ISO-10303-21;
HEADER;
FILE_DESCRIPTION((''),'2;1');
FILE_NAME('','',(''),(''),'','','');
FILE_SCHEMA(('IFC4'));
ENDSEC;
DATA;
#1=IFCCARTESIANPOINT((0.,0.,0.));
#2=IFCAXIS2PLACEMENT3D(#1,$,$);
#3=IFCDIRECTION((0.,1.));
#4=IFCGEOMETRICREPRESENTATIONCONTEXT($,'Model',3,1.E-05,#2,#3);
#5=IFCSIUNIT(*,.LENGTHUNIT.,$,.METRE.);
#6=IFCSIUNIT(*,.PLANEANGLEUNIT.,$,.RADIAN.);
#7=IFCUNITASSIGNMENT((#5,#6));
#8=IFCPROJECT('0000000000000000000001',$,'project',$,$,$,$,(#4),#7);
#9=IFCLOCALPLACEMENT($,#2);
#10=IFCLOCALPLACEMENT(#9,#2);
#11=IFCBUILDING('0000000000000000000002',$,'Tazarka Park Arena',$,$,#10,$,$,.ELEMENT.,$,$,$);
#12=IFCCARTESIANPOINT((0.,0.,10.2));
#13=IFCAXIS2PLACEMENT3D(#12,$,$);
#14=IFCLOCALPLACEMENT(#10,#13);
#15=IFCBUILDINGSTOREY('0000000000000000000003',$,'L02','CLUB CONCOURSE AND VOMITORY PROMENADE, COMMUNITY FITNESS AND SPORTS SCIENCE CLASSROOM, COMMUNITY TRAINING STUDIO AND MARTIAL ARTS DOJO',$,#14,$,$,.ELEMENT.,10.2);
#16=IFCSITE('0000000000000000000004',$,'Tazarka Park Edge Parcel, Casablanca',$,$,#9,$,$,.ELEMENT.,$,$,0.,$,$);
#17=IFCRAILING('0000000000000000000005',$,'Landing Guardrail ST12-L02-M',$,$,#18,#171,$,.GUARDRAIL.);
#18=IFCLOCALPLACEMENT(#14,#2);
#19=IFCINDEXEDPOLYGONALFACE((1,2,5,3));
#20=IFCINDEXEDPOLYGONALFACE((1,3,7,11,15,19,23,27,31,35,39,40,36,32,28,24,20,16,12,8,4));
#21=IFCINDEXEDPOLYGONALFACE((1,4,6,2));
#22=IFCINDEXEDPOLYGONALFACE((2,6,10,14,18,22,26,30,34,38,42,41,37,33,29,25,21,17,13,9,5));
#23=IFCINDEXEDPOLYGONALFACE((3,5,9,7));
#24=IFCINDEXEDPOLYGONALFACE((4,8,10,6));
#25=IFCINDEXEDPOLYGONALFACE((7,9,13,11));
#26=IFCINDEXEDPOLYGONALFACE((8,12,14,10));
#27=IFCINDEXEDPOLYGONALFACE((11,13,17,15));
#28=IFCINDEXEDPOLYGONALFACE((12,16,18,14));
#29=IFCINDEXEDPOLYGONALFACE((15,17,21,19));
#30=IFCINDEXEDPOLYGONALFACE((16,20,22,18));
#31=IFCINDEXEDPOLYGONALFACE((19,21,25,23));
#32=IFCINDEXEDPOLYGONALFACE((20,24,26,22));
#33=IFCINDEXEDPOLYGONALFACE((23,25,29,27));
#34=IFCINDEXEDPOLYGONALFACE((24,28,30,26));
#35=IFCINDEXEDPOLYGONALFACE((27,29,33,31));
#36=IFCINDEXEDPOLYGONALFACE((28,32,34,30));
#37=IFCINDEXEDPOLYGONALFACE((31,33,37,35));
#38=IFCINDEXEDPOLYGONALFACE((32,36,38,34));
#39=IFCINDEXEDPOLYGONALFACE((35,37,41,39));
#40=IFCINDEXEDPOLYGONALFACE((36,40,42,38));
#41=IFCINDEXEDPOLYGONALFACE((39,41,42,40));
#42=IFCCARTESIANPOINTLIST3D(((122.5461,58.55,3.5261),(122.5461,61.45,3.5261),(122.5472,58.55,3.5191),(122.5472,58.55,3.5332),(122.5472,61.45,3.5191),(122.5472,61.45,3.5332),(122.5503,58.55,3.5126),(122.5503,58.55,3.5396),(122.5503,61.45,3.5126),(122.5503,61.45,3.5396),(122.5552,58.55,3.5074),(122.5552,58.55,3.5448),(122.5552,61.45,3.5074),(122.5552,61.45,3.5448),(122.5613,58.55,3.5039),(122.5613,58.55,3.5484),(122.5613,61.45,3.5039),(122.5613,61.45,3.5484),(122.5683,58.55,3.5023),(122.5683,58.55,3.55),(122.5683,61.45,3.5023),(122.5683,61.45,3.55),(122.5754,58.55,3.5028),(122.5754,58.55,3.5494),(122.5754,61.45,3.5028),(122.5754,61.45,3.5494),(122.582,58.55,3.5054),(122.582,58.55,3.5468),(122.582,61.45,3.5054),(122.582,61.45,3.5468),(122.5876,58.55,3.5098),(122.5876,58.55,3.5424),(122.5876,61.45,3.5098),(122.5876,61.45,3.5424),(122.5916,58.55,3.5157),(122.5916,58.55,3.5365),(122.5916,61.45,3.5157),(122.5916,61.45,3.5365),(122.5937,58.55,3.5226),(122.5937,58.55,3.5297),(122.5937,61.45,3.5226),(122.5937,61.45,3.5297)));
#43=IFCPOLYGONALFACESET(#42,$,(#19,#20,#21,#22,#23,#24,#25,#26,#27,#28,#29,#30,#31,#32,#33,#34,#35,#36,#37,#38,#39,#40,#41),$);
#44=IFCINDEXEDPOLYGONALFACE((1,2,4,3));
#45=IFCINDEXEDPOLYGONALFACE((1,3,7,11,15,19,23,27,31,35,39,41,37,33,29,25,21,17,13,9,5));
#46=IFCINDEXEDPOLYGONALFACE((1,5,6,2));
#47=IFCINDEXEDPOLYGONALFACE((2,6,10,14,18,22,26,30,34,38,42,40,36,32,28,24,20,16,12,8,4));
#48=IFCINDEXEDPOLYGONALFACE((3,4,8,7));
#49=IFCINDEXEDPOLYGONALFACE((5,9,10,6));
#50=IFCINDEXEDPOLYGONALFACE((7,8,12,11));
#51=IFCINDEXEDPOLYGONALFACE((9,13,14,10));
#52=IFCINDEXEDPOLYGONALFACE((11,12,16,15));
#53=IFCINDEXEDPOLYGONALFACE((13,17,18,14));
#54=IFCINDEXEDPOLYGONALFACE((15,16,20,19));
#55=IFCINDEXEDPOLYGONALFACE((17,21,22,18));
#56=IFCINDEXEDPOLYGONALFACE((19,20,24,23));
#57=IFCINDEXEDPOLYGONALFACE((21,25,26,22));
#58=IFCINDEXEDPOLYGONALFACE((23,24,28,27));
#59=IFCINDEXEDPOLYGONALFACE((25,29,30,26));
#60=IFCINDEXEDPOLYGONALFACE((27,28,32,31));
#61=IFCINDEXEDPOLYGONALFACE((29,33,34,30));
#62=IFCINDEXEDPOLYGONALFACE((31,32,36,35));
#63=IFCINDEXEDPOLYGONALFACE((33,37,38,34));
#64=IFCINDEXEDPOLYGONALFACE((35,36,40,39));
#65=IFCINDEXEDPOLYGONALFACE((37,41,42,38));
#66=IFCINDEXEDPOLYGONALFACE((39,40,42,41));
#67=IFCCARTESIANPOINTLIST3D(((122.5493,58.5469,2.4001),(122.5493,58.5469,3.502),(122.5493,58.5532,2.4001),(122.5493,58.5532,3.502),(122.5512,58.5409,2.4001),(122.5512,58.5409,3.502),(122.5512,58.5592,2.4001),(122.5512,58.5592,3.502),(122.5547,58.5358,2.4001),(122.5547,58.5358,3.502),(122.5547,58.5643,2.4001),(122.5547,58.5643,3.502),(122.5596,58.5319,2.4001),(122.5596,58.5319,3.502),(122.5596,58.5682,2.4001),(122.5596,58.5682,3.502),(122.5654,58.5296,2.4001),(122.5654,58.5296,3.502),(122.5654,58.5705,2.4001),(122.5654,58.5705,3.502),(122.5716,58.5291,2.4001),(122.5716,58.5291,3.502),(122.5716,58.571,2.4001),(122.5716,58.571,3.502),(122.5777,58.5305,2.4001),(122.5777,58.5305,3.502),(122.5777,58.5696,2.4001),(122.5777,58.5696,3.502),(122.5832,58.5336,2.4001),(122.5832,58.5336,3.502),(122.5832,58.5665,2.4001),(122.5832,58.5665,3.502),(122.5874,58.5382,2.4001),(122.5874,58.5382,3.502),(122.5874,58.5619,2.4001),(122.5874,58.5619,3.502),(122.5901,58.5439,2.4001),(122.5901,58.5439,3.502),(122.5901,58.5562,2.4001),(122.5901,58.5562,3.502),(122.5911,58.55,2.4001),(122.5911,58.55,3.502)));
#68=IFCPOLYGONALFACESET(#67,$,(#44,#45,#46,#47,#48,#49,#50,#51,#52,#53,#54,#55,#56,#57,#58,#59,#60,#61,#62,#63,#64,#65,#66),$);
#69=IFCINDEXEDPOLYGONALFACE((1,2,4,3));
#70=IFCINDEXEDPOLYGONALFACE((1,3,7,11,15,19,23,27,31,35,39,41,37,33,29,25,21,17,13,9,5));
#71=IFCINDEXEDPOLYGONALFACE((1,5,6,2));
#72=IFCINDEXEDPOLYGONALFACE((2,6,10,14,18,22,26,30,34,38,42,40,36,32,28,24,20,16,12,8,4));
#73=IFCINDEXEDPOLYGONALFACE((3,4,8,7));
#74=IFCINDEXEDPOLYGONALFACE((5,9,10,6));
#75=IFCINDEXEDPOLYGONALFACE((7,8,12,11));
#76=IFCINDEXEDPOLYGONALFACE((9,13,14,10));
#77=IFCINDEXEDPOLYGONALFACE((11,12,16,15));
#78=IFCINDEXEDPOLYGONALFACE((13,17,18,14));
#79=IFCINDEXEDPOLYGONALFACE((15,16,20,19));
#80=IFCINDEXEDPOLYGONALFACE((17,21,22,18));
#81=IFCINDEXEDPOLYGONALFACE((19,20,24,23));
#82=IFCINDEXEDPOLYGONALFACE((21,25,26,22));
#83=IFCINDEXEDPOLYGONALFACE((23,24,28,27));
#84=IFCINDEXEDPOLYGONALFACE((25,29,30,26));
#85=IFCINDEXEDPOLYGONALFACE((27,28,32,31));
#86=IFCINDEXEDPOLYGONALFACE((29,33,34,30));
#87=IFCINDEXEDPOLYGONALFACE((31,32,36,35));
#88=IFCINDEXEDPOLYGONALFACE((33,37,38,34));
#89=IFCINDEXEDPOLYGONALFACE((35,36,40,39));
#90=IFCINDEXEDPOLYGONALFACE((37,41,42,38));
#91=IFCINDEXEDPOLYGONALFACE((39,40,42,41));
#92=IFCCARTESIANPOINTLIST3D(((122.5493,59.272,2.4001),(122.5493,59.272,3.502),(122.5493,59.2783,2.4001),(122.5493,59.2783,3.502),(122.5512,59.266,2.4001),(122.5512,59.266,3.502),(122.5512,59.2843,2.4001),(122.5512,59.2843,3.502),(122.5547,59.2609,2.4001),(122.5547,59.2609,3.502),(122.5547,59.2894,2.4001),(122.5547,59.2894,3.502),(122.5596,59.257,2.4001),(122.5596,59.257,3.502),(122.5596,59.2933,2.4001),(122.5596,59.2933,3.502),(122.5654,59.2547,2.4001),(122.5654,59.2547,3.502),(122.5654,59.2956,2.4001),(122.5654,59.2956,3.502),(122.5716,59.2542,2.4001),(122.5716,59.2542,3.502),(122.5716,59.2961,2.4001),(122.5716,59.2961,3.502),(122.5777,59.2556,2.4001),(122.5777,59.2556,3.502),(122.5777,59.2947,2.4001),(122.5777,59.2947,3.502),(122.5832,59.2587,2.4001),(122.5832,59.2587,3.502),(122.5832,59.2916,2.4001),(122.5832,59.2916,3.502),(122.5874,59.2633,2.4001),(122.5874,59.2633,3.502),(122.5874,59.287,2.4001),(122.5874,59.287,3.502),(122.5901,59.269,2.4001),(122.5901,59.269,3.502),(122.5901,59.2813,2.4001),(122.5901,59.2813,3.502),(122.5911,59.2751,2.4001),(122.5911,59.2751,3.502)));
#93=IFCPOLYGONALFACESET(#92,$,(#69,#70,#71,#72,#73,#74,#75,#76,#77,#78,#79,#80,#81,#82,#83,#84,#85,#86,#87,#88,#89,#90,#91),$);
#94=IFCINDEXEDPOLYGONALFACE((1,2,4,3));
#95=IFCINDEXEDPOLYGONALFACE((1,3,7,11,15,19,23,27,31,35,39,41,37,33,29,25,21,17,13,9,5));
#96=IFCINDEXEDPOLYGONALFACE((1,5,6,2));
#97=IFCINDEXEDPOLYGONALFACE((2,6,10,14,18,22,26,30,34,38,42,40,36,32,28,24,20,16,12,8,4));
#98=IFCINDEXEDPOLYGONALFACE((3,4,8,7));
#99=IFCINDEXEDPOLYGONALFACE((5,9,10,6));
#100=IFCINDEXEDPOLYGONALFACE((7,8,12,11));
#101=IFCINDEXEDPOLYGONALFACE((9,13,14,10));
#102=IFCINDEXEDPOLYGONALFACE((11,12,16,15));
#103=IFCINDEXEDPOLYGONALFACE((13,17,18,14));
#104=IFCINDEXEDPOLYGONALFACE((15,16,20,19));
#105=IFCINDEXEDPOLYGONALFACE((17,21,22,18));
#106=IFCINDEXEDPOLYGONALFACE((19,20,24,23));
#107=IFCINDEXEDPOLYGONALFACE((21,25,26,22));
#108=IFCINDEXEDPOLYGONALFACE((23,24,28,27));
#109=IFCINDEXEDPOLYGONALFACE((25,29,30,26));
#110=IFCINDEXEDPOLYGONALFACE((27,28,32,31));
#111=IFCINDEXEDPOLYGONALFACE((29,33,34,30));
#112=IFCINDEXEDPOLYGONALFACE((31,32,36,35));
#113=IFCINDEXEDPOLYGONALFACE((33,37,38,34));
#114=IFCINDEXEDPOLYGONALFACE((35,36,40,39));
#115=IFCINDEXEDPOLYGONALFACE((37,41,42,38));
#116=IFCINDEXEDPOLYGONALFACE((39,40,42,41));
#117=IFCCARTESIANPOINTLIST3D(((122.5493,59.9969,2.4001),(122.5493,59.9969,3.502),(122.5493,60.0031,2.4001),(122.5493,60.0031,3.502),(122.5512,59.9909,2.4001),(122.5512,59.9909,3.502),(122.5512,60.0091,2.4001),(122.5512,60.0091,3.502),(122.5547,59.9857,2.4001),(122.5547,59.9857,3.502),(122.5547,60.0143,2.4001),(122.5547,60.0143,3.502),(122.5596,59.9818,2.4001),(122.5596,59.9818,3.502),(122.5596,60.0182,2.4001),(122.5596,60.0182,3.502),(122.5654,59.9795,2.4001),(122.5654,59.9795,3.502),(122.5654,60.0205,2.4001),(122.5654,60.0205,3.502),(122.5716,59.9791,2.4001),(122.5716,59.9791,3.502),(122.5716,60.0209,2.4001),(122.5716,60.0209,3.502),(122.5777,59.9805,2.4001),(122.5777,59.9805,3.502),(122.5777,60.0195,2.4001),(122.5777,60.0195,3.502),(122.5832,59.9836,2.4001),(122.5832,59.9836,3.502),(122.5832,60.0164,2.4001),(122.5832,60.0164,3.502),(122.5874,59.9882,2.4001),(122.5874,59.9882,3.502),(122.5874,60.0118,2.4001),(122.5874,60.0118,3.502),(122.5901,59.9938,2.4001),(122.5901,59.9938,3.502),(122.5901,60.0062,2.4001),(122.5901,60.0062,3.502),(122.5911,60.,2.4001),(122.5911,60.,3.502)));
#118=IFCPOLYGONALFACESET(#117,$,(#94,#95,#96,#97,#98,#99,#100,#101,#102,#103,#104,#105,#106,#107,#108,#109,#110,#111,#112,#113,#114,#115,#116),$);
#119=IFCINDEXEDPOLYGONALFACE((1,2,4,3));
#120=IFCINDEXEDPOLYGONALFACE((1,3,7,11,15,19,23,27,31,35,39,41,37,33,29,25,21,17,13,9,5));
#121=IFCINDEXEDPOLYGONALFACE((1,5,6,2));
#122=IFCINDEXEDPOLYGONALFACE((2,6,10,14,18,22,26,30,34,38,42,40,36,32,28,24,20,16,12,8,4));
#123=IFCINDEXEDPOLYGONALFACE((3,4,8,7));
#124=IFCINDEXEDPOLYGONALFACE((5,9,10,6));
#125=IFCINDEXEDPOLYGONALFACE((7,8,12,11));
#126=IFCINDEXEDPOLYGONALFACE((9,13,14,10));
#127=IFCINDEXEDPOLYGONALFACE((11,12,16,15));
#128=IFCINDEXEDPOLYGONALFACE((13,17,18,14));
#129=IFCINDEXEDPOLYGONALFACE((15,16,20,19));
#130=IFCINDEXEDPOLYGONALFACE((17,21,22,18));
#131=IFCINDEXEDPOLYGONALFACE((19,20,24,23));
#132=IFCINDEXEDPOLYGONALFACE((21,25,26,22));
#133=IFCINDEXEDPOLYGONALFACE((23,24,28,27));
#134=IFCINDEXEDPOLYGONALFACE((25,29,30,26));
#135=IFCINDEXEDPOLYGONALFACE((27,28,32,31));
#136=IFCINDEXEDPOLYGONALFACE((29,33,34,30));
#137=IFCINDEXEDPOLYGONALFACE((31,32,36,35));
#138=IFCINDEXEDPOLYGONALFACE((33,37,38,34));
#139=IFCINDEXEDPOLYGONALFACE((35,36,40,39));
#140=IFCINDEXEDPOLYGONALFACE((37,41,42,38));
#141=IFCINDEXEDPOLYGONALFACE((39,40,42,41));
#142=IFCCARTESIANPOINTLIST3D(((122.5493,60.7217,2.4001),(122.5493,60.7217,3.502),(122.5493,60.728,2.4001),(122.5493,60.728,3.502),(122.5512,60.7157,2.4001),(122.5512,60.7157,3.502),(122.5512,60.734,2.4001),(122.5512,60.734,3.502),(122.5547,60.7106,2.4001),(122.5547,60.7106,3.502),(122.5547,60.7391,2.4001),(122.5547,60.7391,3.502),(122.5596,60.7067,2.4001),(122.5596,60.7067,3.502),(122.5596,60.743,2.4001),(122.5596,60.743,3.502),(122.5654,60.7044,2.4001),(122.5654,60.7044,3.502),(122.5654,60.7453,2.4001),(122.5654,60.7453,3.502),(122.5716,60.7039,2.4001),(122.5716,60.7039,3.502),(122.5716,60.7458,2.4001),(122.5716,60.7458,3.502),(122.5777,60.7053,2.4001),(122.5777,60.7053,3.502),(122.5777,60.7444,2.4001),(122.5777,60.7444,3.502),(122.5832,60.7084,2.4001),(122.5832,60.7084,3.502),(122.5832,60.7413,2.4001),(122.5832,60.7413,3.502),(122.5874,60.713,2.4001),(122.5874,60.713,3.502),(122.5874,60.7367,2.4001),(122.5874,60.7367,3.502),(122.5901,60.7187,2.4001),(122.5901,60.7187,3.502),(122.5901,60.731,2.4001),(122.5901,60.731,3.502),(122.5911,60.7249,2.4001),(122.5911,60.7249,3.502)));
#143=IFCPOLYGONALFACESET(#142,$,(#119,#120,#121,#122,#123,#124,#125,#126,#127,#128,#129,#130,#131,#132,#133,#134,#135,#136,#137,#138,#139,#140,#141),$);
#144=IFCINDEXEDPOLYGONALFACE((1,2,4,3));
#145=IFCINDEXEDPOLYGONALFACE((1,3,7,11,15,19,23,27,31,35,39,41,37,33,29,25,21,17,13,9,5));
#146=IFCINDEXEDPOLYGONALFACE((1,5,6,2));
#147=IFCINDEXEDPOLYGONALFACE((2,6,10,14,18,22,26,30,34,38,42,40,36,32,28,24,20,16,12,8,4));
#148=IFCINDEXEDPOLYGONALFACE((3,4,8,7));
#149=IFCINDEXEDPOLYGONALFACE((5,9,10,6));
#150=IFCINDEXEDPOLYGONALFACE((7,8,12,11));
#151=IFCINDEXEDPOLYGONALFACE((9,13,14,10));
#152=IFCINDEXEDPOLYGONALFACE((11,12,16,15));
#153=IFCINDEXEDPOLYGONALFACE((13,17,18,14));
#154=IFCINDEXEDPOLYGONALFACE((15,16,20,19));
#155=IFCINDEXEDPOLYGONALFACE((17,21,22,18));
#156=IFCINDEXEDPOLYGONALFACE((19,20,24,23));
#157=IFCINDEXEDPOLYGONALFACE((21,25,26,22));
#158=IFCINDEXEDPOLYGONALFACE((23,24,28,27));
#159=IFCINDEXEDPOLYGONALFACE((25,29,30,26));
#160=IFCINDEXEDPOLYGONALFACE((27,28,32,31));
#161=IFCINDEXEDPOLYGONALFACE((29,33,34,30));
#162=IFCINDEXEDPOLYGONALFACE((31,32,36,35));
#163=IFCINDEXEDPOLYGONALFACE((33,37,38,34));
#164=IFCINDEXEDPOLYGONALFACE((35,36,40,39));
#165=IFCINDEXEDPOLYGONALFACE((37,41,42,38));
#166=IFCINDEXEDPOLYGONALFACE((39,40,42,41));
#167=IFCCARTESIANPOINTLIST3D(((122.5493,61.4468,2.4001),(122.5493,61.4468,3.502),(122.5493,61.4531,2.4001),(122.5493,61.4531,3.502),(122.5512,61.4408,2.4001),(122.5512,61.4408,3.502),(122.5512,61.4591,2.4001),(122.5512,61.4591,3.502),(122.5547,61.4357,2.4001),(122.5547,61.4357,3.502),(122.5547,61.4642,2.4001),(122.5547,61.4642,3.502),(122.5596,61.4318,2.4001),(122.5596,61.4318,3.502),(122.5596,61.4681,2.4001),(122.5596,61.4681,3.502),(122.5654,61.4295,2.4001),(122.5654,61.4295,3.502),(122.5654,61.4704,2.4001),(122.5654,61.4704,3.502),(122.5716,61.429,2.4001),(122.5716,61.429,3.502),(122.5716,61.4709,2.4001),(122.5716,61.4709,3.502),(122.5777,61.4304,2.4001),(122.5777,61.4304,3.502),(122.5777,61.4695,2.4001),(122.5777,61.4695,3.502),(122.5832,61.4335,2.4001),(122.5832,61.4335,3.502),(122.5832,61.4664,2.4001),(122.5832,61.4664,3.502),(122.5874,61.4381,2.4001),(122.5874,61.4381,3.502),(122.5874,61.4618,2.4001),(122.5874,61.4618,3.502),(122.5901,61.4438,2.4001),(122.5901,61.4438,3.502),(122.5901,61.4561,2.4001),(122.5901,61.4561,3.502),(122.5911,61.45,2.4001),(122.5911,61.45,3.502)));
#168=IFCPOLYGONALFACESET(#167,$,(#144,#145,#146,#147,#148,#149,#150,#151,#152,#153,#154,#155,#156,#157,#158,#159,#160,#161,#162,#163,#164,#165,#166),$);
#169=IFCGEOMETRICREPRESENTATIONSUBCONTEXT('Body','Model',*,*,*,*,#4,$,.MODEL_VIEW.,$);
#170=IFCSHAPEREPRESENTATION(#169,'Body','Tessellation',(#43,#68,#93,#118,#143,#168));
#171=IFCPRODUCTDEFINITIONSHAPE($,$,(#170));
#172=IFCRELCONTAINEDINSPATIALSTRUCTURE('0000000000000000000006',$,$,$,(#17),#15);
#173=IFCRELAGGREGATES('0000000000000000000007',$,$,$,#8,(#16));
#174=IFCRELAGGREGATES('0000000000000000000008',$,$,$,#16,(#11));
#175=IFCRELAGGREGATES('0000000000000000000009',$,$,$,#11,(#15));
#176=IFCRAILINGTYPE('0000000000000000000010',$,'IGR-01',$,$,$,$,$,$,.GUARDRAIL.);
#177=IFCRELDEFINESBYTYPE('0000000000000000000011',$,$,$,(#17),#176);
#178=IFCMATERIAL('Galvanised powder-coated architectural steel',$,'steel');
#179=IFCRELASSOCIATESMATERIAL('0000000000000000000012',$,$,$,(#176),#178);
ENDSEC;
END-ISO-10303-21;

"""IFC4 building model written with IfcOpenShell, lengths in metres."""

from ifc_helpers import new_model, si_unit, direction, frame, origin, origin_2d, place, context, subcontext, project, spatial, circle, extrude, material, type_object, element, save


model = new_model("IFC4")

# Units and contexts
model_context = context("Model", 3, precision=1e-05, world=origin(), true_north=direction((0.0, 1.0)))
body_context = subcontext(model_context, "Body", "Model", "MODEL_VIEW")
ifc_project = project(units=[si_unit("LENGTHUNIT", "METRE"), si_unit("PLANEANGLEUNIT", "RADIAN")], contexts=[model_context])

# Site, building, storey
site_placement = place(None, origin())
site = spatial("IfcSite", under=ifc_project, at=site_placement, Name="Tazarka Park Edge Parcel, Casablanca", CompositionType="ELEMENT", RefElevation=0.0)
building_placement = place(site_placement, origin())
building = spatial("IfcBuilding", under=site, at=building_placement, Name="Tazarka Park Arena", CompositionType="ELEMENT")
storey_placement = place(building_placement, frame((0.0, 0.0, 10.2)))
storey = spatial("IfcBuildingStorey", under=building, at=storey_placement, Name="L02", Description="CLUB CONCOURSE AND VOMITORY PROMENADE, COMMUNITY FITNESS AND SPORTS SCIENCE CLASSROOM, COMMUNITY TRAINING STUDIO AND MARTIAL ARTS DOJO", CompositionType="ELEMENT", Elevation=10.2)

# Railing
ifc_material_1 = material(Name="Galvanised powder-coated architectural steel", Category="steel")
railing_type_1 = type_object("IfcRailingType", Name="IGR-01", PredefinedType="GUARDRAIL", material=ifc_material_1)
for number, where, name in (
    (1, (122.5701, 58.55, 2.4001), "Landing Guardrail ST12-L02-M"),
):
    element("IfcRailing", number, at=place(storey_placement, frame(where)), inside=storey, type_object=railing_type_1, Name=name, PredefinedType="GUARDRAIL", context=body_context, shape_type="SweptSolid", body=[
        extrude(circle(Radius=0.0239, at=origin_2d()), frame((0.0, 0.0, 1.126), z_axis=(0.0, 1.0, 0.0), x_axis=(-1.0, 0.0, 0.0)), (0.0, 0.0, 1.0), 2.8999),
        extrude(circle(Radius=0.021, at=origin_2d()), origin(), (0.0, 0.0, 1.0), 1.1018),
        extrude(circle(Radius=0.021, at=origin_2d()), frame((0.0, 0.7251, 0.0)), (0.0, 0.0, 1.0), 1.1018),
        extrude(circle(Radius=0.021, at=origin_2d()), frame((0.0, 1.45, 0.0)), (0.0, 0.0, 1.0), 1.1018),
        extrude(circle(Radius=0.021, at=origin_2d()), frame((0.0, 2.1748, 0.0)), (0.0, 0.0, 1.0), 1.1018),
        extrude(circle(Radius=0.021, at=origin_2d()), frame((0.0, 2.8999, 0.0)), (0.0, 0.0, 1.0), 1.1018),
    ])

save(model, "model.ifc")
